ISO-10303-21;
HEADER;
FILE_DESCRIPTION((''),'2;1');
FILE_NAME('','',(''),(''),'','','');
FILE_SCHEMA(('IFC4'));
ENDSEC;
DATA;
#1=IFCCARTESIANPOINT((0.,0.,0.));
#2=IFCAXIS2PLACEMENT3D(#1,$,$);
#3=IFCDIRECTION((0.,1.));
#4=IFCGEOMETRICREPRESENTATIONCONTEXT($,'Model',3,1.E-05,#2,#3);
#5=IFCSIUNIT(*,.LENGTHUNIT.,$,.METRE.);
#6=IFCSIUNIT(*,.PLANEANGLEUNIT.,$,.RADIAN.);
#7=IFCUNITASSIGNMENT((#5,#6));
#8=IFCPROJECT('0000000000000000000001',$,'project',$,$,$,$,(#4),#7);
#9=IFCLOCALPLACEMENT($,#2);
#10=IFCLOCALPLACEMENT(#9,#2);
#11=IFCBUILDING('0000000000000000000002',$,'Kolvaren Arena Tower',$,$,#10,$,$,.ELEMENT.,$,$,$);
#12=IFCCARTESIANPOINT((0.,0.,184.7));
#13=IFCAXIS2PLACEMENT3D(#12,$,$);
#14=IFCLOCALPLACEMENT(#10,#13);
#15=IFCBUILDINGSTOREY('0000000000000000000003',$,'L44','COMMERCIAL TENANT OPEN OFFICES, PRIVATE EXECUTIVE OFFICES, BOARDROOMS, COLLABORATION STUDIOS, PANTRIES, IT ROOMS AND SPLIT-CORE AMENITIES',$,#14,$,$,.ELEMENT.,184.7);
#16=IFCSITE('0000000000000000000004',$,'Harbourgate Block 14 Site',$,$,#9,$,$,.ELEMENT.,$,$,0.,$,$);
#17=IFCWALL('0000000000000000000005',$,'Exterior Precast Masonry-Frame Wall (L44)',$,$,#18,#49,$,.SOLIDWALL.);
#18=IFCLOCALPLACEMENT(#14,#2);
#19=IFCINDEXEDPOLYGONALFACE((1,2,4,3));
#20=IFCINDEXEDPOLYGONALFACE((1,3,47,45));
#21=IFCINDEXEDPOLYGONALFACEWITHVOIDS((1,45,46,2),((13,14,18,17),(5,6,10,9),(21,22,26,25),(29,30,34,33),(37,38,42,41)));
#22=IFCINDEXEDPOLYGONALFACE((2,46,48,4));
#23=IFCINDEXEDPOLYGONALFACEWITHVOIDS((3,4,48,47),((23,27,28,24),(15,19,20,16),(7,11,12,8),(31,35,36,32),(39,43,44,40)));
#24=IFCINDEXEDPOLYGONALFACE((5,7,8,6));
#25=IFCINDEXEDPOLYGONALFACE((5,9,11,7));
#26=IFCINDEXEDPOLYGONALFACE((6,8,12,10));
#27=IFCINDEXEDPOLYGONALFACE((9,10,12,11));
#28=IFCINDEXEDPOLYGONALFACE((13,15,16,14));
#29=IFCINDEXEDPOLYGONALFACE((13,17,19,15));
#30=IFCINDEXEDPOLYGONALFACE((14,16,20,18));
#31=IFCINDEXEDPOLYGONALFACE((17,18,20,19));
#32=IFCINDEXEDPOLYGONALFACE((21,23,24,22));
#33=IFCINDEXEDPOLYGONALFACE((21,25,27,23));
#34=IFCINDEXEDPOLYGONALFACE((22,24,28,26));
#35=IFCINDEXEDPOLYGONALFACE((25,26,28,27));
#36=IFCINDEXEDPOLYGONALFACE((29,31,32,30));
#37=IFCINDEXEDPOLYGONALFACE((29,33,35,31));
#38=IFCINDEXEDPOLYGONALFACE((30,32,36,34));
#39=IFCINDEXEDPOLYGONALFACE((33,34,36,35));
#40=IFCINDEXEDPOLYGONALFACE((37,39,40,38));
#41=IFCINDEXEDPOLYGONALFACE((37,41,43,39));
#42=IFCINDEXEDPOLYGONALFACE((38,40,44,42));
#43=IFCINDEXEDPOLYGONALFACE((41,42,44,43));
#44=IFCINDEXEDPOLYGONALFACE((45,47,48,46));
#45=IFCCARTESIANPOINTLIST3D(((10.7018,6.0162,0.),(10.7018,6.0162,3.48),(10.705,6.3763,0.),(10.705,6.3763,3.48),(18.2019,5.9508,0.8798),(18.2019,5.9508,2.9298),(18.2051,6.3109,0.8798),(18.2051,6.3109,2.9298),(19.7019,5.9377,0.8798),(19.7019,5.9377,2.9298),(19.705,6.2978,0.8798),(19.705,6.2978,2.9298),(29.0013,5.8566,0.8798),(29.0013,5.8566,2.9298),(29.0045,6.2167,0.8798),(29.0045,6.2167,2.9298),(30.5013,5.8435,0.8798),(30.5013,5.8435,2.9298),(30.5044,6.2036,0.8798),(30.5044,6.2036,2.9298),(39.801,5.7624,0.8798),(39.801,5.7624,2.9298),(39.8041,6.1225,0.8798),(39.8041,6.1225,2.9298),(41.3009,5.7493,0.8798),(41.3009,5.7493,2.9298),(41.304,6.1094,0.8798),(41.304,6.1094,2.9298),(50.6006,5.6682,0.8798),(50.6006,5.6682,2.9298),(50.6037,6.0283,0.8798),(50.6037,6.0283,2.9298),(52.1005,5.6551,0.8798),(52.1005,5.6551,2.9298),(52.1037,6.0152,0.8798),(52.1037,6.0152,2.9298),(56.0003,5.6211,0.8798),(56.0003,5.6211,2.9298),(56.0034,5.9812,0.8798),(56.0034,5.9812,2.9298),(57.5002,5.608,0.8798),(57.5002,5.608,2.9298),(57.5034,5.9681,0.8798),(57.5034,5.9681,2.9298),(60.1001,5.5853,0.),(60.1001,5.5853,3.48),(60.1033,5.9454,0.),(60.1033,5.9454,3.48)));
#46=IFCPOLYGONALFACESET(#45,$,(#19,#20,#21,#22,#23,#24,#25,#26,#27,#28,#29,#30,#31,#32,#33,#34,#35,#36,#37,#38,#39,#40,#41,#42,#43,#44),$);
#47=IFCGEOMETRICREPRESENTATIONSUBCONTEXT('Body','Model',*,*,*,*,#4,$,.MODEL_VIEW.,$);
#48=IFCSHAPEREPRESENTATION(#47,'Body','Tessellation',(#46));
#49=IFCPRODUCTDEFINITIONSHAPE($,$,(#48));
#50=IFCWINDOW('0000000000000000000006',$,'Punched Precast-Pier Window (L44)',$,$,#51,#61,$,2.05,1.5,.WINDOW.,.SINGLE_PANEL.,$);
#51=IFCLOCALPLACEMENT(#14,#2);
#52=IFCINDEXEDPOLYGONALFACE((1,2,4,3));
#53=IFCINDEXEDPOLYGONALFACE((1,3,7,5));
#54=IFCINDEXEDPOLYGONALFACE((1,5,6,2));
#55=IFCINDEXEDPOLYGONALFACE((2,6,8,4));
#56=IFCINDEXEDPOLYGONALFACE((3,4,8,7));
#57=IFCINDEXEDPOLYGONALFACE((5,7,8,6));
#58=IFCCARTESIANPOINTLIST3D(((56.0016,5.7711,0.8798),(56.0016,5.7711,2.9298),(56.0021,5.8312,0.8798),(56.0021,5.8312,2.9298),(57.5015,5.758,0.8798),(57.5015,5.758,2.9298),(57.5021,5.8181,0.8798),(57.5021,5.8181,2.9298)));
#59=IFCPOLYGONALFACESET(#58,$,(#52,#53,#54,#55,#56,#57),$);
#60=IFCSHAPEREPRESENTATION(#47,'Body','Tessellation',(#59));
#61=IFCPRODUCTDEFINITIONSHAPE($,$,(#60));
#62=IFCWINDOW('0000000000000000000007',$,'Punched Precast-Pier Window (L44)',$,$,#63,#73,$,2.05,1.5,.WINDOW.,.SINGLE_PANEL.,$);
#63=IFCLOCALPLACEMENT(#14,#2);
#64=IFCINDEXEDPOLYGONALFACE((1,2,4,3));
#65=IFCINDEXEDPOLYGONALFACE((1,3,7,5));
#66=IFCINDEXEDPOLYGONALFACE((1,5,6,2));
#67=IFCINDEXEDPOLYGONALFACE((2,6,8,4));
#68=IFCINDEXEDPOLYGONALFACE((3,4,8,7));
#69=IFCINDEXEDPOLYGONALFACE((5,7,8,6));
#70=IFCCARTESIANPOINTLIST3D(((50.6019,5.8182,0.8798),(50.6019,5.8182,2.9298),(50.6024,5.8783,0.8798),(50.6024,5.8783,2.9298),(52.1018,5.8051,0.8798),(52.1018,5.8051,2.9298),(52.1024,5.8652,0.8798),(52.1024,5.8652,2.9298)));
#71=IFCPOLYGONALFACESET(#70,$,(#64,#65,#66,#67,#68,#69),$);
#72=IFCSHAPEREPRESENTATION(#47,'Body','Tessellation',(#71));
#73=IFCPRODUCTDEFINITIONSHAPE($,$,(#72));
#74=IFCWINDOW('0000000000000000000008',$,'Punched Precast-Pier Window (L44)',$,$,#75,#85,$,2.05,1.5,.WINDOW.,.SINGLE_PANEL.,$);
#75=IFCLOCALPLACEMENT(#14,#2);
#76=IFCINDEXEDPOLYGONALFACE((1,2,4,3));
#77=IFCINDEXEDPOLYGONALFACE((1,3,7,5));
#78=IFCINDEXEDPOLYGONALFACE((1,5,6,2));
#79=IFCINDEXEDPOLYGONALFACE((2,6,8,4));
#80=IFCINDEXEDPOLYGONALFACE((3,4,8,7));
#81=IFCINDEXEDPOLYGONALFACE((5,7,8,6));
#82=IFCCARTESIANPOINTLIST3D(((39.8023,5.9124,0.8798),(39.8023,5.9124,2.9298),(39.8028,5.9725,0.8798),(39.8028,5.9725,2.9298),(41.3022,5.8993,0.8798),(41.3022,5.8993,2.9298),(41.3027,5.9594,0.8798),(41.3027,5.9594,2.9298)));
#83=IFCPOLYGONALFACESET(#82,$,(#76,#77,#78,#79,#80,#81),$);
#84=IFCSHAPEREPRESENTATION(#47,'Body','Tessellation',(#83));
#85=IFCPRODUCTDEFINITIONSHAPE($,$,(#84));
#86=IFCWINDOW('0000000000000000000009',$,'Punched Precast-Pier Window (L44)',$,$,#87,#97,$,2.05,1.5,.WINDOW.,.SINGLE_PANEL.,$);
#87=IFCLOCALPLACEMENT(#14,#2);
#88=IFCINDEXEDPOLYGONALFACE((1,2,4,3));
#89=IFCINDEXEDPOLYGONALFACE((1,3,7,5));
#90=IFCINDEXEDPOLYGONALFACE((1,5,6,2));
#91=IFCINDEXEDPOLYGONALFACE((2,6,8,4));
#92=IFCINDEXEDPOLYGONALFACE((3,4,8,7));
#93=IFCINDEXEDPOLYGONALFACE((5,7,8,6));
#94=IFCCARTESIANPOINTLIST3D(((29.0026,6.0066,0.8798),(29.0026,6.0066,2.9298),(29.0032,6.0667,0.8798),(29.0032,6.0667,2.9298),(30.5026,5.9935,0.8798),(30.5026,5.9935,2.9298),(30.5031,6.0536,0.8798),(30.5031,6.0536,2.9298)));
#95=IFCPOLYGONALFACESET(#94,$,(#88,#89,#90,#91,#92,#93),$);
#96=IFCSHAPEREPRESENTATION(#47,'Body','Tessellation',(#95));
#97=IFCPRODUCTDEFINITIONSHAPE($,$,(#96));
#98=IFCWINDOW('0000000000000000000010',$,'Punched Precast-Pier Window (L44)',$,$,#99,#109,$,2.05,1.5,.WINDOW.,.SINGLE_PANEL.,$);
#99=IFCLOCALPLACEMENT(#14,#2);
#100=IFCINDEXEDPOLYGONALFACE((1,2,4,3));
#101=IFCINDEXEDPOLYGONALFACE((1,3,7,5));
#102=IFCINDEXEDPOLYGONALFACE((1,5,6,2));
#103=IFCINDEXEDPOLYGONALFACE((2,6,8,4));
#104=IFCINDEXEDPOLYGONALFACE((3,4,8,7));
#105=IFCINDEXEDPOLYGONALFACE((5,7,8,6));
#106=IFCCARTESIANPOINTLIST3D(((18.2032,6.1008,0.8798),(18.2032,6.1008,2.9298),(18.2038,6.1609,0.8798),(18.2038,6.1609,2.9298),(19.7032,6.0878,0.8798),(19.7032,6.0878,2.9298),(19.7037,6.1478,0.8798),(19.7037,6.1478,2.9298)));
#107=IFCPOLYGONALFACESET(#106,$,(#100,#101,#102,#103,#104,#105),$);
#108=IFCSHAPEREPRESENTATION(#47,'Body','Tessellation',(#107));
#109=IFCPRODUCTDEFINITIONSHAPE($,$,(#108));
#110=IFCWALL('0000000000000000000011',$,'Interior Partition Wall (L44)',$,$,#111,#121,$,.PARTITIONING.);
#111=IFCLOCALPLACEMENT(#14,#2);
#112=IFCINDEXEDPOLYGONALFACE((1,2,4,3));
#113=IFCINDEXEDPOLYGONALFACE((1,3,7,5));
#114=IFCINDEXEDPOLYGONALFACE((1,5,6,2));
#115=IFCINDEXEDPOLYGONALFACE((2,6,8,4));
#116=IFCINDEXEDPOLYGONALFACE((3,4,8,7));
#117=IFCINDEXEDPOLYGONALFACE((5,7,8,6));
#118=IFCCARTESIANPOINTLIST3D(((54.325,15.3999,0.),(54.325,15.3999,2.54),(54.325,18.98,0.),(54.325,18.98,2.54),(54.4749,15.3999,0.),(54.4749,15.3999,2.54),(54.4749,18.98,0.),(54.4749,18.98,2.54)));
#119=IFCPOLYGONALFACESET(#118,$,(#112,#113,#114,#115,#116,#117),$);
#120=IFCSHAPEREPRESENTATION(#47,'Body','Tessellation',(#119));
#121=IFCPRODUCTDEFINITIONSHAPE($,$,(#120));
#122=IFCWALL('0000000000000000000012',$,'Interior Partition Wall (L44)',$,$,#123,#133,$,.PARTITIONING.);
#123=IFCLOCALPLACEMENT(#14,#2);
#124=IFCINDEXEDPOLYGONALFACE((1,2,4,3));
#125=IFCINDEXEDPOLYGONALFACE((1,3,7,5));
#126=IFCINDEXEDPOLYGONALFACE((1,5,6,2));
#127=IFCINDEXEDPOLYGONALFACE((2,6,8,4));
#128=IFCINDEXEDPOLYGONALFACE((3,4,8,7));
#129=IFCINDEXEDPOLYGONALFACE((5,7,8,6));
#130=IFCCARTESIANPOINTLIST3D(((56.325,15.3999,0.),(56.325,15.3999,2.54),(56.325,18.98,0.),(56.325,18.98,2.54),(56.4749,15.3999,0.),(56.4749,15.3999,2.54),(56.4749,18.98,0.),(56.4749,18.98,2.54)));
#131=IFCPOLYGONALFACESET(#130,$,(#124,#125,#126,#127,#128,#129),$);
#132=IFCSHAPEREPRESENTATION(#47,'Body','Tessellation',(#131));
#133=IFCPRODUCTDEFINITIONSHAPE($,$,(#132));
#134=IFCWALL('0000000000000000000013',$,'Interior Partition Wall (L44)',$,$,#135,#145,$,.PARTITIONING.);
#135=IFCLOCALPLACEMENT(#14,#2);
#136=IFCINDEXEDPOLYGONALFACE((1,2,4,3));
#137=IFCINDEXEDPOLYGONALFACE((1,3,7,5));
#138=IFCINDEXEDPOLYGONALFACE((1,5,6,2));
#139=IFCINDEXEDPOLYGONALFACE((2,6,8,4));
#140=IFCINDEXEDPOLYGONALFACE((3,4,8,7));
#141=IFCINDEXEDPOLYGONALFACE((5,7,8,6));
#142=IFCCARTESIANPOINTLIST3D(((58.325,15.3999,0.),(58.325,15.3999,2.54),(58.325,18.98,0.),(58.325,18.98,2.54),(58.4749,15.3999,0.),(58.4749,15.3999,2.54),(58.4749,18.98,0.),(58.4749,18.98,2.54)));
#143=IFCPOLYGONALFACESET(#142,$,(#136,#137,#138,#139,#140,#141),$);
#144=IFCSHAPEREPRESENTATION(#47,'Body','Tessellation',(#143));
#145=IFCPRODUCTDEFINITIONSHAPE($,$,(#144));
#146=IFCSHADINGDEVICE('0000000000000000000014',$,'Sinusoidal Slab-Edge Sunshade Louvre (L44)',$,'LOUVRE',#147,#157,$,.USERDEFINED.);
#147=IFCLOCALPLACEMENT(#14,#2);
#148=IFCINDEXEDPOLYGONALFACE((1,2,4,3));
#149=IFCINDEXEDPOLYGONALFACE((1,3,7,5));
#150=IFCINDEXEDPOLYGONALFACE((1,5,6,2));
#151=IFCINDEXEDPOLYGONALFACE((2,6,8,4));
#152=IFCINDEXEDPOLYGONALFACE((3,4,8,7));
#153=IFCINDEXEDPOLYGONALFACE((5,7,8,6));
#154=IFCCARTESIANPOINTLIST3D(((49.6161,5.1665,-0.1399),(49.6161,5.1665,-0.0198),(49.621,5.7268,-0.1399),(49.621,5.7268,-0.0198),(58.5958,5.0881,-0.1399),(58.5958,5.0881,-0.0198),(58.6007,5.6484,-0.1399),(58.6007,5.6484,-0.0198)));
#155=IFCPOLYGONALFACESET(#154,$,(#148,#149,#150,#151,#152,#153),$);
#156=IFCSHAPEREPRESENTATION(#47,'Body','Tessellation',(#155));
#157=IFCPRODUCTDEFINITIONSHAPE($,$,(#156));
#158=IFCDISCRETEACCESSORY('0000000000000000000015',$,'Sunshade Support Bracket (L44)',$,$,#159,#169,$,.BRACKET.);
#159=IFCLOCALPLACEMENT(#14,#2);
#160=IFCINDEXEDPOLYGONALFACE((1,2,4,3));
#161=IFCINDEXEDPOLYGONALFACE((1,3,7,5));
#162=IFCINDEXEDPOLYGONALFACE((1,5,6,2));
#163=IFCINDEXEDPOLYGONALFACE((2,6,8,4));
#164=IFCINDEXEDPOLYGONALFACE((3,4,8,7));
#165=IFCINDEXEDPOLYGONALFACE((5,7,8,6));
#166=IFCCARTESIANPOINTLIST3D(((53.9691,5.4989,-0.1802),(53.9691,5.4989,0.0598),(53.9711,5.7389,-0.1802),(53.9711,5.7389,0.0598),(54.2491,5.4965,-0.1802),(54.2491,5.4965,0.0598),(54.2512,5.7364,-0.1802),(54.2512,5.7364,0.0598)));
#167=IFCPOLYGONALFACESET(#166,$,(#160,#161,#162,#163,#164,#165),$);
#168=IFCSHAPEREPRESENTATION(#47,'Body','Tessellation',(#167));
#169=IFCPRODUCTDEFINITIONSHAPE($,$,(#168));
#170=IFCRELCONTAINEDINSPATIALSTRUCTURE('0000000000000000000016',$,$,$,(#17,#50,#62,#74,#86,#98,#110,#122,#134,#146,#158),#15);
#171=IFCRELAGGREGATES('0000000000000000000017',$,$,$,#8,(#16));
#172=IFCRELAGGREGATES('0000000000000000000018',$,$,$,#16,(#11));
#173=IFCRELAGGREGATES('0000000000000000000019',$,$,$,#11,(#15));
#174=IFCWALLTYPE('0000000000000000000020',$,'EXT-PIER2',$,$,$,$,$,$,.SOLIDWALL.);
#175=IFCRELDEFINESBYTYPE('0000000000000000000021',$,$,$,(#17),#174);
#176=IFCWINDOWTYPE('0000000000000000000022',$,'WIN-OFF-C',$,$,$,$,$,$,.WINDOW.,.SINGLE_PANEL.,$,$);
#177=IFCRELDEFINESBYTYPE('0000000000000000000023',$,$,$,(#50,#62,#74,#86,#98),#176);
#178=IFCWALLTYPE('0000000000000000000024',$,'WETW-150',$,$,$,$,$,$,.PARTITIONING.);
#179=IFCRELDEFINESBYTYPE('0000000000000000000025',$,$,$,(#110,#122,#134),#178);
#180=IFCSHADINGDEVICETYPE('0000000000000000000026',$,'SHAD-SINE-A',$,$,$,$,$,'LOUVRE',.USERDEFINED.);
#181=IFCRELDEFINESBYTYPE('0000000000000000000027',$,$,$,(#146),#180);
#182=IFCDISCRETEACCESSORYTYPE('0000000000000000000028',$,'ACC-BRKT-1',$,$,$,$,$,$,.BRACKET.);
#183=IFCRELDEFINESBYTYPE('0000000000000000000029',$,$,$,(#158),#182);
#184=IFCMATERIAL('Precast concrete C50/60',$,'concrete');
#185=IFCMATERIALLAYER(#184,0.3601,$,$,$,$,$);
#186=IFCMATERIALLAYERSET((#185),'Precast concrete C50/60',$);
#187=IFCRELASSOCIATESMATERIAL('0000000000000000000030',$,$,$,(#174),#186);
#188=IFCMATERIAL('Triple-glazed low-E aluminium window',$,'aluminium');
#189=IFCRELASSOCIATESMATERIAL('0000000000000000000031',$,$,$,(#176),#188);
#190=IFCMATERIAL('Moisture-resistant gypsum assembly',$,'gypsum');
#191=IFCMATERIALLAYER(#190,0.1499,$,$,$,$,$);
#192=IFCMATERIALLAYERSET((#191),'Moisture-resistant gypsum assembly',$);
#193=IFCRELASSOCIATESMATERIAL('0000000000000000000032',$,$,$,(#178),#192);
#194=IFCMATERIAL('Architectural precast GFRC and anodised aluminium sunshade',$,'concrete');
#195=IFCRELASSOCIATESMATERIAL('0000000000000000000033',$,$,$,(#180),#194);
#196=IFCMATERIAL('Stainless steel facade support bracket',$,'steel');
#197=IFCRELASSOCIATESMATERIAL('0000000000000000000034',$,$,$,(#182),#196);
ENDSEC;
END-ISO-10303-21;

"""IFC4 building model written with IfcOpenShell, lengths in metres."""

from ifc_helpers import new_model, si_unit, direction, frame, frame_2d, origin, origin_2d, place, context, subcontext, project, spatial, rectangle, extrude, material, layer, layer_set, type_object, element, fill, save


model = new_model("IFC4")

# Units and contexts
model_context = context("Model", 3, precision=1e-05, world=origin(), true_north=direction((0.0, 1.0)))
body_context = subcontext(model_context, "Body", "Model", "MODEL_VIEW")
ifc_project = project(units=[si_unit("LENGTHUNIT", "METRE"), si_unit("PLANEANGLEUNIT", "RADIAN")], contexts=[model_context])

# Site, building, storey
site_placement = place(None, origin())
site = spatial("IfcSite", under=ifc_project, at=site_placement, Name="Harbourgate Block 14 Site", CompositionType="ELEMENT", RefElevation=0.0)
building_placement = place(site_placement, origin())
building = spatial("IfcBuilding", under=site, at=building_placement, Name="Kolvaren Arena Tower", CompositionType="ELEMENT")
storey_placement = place(building_placement, frame((0.0, 0.0, 184.7)))
storey = spatial("IfcBuildingStorey", under=building, at=storey_placement, Name="L44", Description="COMMERCIAL TENANT OPEN OFFICES, PRIVATE EXECUTIVE OFFICES, BOARDROOMS, COLLABORATION STUDIOS, PANTRIES, IT ROOMS AND SPLIT-CORE AMENITIES", CompositionType="ELEMENT", Elevation=184.7)

# Shared definitions
ifc_material_1 = material(Name="Precast concrete C50/60", Category="concrete")
ifc_layer_1 = layer(ifc_material_1, 0.3601)
ifc_layer_set_1 = layer_set([ifc_layer_1], Name="Precast concrete C50/60")
wall_type_1 = type_object("IfcWallType", Name="EXT-PIER2", PredefinedType="SOLIDWALL", material=ifc_layer_set_1)

# Wall, openings, windows
wall_1_placement = place(storey_placement, frame((60.1018, 5.7654, 0.0), z_axis=(0.0, 0.0, 1.0), x_axis=(-0.999962, 0.008723, 0.0)))
wall_1 = element("IfcWall", 1, at=wall_1_placement, inside=storey, type_object=wall_type_1, Name="Exterior Precast Masonry-Frame Wall (L44)", PredefinedType="SOLIDWALL", context=body_context, shape_type="SweptSolid", body=[
    extrude(rectangle(XDim=49.4001, YDim=0.3601, at=frame_2d((24.7002, 0.0))), origin(), (0.0, 0.0, 1.0), 3.48),
])
opening_1_placement = place(wall_1_placement, frame((2.6001, 0.0, 0.8799)))
opening_1 = element("IfcOpeningElement", 2, at=opening_1_placement, cuts=wall_1, PredefinedType="OPENING", context=body_context, shape_type="SweptSolid", body=[
    extrude(rectangle(XDim=1.5, YDim=2.05, at=frame_2d((0.75, 1.0249))), frame((0.0, 0.1899, 0.0), z_axis=(0.0, -1.0, 0.0), x_axis=(1.0, 0.0, 0.0)), (0.0, 0.0, 1.0), 0.3801),
])
opening_2_placement = place(wall_1_placement, frame((8.0, 0.0, 0.8799)))
opening_2 = element("IfcOpeningElement", 3, at=opening_2_placement, cuts=wall_1, PredefinedType="OPENING", context=body_context, shape_type="SweptSolid", body=[
    extrude(rectangle(XDim=1.5, YDim=2.05, at=frame_2d((0.75, 1.0249))), frame((0.0, 0.1899, 0.0), z_axis=(0.0, -1.0, 0.0), x_axis=(1.0, 0.0, 0.0)), (0.0, 0.0, 1.0), 0.3801),
])
opening_3_placement = place(wall_1_placement, frame((18.8, 0.0, 0.8799)))
opening_3 = element("IfcOpeningElement", 4, at=opening_3_placement, cuts=wall_1, PredefinedType="OPENING", context=body_context, shape_type="SweptSolid", body=[
    extrude(rectangle(XDim=1.5, YDim=2.05, at=frame_2d((0.75, 1.0249))), frame((0.0, 0.1899, 0.0), z_axis=(0.0, -1.0, 0.0), x_axis=(1.0, 0.0, 0.0)), (0.0, 0.0, 1.0), 0.3801),
])
opening_4_placement = place(wall_1_placement, frame((29.6001, 0.0, 0.8799)))
opening_4 = element("IfcOpeningElement", 5, at=opening_4_placement, cuts=wall_1, PredefinedType="OPENING", context=body_context, shape_type="SweptSolid", body=[
    extrude(rectangle(XDim=1.5, YDim=2.05, at=frame_2d((0.75, 1.0249))), frame((0.0, 0.1899, 0.0), z_axis=(0.0, -1.0, 0.0), x_axis=(1.0, 0.0, 0.0)), (0.0, 0.0, 1.0), 0.3801),
])
opening_5_placement = place(wall_1_placement, frame((40.3999, 0.0, 0.8799)))
opening_5 = element("IfcOpeningElement", 6, at=opening_5_placement, cuts=wall_1, PredefinedType="OPENING", context=body_context, shape_type="SweptSolid", body=[
    extrude(rectangle(XDim=1.5, YDim=2.05, at=frame_2d((0.75, 1.0249))), frame((0.0, 0.1899, 0.0), z_axis=(0.0, -1.0, 0.0), x_axis=(1.0, 0.0, 0.0)), (0.0, 0.0, 1.0), 0.3801),
])
ifc_material_2 = material(Name="Triple-glazed low-E aluminium window", Category="aluminium")
window_type = type_object("IfcWindowType", Name="WIN-OFF-C", PartitioningType="SINGLE_PANEL", PredefinedType="WINDOW", material=ifc_material_2)
window_1_placement = place(opening_1_placement, origin())
window_1 = element("IfcWindow", 7, at=window_1_placement, inside=storey, type_object=window_type, Name="Punched Precast-Pier Window (L44)", OverallHeight=2.05, OverallWidth=1.5, PartitioningType="SINGLE_PANEL", PredefinedType="WINDOW", context=body_context, shape_type="SweptSolid", body=[
    extrude(rectangle(XDim=1.5, YDim=2.05, at=frame_2d((0.75, 1.0249))), frame((0.0, 0.03, 0.0), z_axis=(0.0, -1.0, 0.0), x_axis=(1.0, 0.0, 0.0)), (0.0, 0.0, 1.0), 0.0601),
])
fill(opening_1, window_1)
window_2_placement = place(opening_2_placement, origin())
window_2 = element("IfcWindow", 8, at=window_2_placement, inside=storey, type_object=window_type, Name="Punched Precast-Pier Window (L44)", OverallHeight=2.05, OverallWidth=1.5, PartitioningType="SINGLE_PANEL", PredefinedType="WINDOW", context=body_context, shape_type="SweptSolid", body=[
    extrude(rectangle(XDim=1.5, YDim=2.05, at=frame_2d((0.75, 1.0249))), frame((0.0, 0.03, 0.0), z_axis=(0.0, -1.0, 0.0), x_axis=(1.0, 0.0, 0.0)), (0.0, 0.0, 1.0), 0.0601),
])
fill(opening_2, window_2)
window_3_placement = place(opening_3_placement, origin())
window_3 = element("IfcWindow", 9, at=window_3_placement, inside=storey, type_object=window_type, Name="Punched Precast-Pier Window (L44)", OverallHeight=2.05, OverallWidth=1.5, PartitioningType="SINGLE_PANEL", PredefinedType="WINDOW", context=body_context, shape_type="SweptSolid", body=[
    extrude(rectangle(XDim=1.5, YDim=2.05, at=frame_2d((0.75, 1.0249))), frame((0.0, 0.03, 0.0), z_axis=(0.0, -1.0, 0.0), x_axis=(1.0, 0.0, 0.0)), (0.0, 0.0, 1.0), 0.0601),
])
fill(opening_3, window_3)
window_4_placement = place(opening_4_placement, origin())
window_4 = element("IfcWindow", 10, at=window_4_placement, inside=storey, type_object=window_type, Name="Punched Precast-Pier Window (L44)", OverallHeight=2.05, OverallWidth=1.5, PartitioningType="SINGLE_PANEL", PredefinedType="WINDOW", context=body_context, shape_type="SweptSolid", body=[
    extrude(rectangle(XDim=1.5, YDim=2.05, at=frame_2d((0.75, 1.0249))), frame((0.0, 0.03, 0.0), z_axis=(0.0, -1.0, 0.0), x_axis=(1.0, 0.0, 0.0)), (0.0, 0.0, 1.0), 0.0601),
])
fill(opening_4, window_4)
window_5_placement = place(opening_5_placement, origin())
window_5 = element("IfcWindow", 11, at=window_5_placement, inside=storey, type_object=window_type, Name="Punched Precast-Pier Window (L44)", OverallHeight=2.05, OverallWidth=1.5, PartitioningType="SINGLE_PANEL", PredefinedType="WINDOW", context=body_context, shape_type="SweptSolid", body=[
    extrude(rectangle(XDim=1.5, YDim=2.05, at=frame_2d((0.75, 1.0249))), frame((0.0, 0.03, 0.0), z_axis=(0.0, -1.0, 0.0), x_axis=(1.0, 0.0, 0.0)), (0.0, 0.0, 1.0), 0.0601),
])
fill(opening_5, window_5)

# Walls
ifc_material_3 = material(Name="Moisture-resistant gypsum assembly", Category="gypsum")
ifc_layer_2 = layer(ifc_material_3, 0.1499)
ifc_layer_set_2 = layer_set([ifc_layer_2], Name="Moisture-resistant gypsum assembly")
wall_type_2 = type_object("IfcWallType", Name="WETW-150", PredefinedType="PARTITIONING", material=ifc_layer_set_2)
for number, where, z_axis, x_axis, name in (
    (12, (54.3999, 15.3999, 0.0), (0.0, 0.0, 1.0), (0.0, 1.0, 0.0), "Interior Partition Wall (L44)"),
    (13, (56.3999, 15.3999, 0.0), (0.0, 0.0, 1.0), (0.0, 1.0, 0.0), "Interior Partition Wall (L44)"),
    (14, (58.3999, 15.3999, 0.0), (0.0, 0.0, 1.0), (0.0, 1.0, 0.0), "Interior Partition Wall (L44)"),
):
    element("IfcWall", number, at=place(storey_placement, frame(where, z_axis=z_axis, x_axis=x_axis)), inside=storey, type_object=wall_type_2, Name=name, PredefinedType="PARTITIONING", context=body_context, shape_type="SweptSolid", body=[
        extrude(rectangle(XDim=3.5801, YDim=0.1499, at=frame_2d((1.79, 0.0))), origin(), (0.0, 0.0, 1.0), 2.54),
    ])

# Shading device
ifc_material_4 = material(Name="Architectural precast GFRC and anodised aluminium sunshade", Category="concrete")
shading_device_type = type_object("IfcShadingDeviceType", Name="SHAD-SINE-A", ElementType="LOUVRE", PredefinedType="USERDEFINED", material=ifc_material_4)
shading_device_placement = place(storey_placement, frame((54.1084, 5.4075, -0.1399), z_axis=(0.0, 0.0, 1.0), x_axis=(-0.999962, 0.008727, 0.0)))
element("IfcShadingDevice", 15, at=shading_device_placement, inside=storey, type_object=shading_device_type, Name="Sinusoidal Slab-Edge Sunshade Louvre (L44)", ObjectType="LOUVRE", PredefinedType="USERDEFINED", context=body_context, shape_type="SweptSolid", body=[
    extrude(rectangle(XDim=8.98, YDim=0.5603, at=origin_2d()), origin(), (0.0, 0.0, 1.0), 0.1201),
])

# Discrete accessory
ifc_material_5 = material(Name="Stainless steel facade support bracket", Category="steel")
discrete_accessory_type = type_object("IfcDiscreteAccessoryType", Name="ACC-BRKT-1", PredefinedType="BRACKET", material=ifc_material_5)
discrete_accessory_placement = place(storey_placement, frame((54.1101, 5.6177, -0.1802), z_axis=(0.0, 0.0, 1.0), x_axis=(-0.999962, 0.008727, 0.0)))
element("IfcDiscreteAccessory", 16, at=discrete_accessory_placement, inside=storey, type_object=discrete_accessory_type, Name="Sunshade Support Bracket (L44)", PredefinedType="BRACKET", context=body_context, shape_type="SweptSolid", body=[
    extrude(rectangle(XDim=0.28, YDim=0.24, at=origin_2d()), origin(), (0.0, 0.0, 1.0), 0.24),
])

save(model, "model.ifc")
